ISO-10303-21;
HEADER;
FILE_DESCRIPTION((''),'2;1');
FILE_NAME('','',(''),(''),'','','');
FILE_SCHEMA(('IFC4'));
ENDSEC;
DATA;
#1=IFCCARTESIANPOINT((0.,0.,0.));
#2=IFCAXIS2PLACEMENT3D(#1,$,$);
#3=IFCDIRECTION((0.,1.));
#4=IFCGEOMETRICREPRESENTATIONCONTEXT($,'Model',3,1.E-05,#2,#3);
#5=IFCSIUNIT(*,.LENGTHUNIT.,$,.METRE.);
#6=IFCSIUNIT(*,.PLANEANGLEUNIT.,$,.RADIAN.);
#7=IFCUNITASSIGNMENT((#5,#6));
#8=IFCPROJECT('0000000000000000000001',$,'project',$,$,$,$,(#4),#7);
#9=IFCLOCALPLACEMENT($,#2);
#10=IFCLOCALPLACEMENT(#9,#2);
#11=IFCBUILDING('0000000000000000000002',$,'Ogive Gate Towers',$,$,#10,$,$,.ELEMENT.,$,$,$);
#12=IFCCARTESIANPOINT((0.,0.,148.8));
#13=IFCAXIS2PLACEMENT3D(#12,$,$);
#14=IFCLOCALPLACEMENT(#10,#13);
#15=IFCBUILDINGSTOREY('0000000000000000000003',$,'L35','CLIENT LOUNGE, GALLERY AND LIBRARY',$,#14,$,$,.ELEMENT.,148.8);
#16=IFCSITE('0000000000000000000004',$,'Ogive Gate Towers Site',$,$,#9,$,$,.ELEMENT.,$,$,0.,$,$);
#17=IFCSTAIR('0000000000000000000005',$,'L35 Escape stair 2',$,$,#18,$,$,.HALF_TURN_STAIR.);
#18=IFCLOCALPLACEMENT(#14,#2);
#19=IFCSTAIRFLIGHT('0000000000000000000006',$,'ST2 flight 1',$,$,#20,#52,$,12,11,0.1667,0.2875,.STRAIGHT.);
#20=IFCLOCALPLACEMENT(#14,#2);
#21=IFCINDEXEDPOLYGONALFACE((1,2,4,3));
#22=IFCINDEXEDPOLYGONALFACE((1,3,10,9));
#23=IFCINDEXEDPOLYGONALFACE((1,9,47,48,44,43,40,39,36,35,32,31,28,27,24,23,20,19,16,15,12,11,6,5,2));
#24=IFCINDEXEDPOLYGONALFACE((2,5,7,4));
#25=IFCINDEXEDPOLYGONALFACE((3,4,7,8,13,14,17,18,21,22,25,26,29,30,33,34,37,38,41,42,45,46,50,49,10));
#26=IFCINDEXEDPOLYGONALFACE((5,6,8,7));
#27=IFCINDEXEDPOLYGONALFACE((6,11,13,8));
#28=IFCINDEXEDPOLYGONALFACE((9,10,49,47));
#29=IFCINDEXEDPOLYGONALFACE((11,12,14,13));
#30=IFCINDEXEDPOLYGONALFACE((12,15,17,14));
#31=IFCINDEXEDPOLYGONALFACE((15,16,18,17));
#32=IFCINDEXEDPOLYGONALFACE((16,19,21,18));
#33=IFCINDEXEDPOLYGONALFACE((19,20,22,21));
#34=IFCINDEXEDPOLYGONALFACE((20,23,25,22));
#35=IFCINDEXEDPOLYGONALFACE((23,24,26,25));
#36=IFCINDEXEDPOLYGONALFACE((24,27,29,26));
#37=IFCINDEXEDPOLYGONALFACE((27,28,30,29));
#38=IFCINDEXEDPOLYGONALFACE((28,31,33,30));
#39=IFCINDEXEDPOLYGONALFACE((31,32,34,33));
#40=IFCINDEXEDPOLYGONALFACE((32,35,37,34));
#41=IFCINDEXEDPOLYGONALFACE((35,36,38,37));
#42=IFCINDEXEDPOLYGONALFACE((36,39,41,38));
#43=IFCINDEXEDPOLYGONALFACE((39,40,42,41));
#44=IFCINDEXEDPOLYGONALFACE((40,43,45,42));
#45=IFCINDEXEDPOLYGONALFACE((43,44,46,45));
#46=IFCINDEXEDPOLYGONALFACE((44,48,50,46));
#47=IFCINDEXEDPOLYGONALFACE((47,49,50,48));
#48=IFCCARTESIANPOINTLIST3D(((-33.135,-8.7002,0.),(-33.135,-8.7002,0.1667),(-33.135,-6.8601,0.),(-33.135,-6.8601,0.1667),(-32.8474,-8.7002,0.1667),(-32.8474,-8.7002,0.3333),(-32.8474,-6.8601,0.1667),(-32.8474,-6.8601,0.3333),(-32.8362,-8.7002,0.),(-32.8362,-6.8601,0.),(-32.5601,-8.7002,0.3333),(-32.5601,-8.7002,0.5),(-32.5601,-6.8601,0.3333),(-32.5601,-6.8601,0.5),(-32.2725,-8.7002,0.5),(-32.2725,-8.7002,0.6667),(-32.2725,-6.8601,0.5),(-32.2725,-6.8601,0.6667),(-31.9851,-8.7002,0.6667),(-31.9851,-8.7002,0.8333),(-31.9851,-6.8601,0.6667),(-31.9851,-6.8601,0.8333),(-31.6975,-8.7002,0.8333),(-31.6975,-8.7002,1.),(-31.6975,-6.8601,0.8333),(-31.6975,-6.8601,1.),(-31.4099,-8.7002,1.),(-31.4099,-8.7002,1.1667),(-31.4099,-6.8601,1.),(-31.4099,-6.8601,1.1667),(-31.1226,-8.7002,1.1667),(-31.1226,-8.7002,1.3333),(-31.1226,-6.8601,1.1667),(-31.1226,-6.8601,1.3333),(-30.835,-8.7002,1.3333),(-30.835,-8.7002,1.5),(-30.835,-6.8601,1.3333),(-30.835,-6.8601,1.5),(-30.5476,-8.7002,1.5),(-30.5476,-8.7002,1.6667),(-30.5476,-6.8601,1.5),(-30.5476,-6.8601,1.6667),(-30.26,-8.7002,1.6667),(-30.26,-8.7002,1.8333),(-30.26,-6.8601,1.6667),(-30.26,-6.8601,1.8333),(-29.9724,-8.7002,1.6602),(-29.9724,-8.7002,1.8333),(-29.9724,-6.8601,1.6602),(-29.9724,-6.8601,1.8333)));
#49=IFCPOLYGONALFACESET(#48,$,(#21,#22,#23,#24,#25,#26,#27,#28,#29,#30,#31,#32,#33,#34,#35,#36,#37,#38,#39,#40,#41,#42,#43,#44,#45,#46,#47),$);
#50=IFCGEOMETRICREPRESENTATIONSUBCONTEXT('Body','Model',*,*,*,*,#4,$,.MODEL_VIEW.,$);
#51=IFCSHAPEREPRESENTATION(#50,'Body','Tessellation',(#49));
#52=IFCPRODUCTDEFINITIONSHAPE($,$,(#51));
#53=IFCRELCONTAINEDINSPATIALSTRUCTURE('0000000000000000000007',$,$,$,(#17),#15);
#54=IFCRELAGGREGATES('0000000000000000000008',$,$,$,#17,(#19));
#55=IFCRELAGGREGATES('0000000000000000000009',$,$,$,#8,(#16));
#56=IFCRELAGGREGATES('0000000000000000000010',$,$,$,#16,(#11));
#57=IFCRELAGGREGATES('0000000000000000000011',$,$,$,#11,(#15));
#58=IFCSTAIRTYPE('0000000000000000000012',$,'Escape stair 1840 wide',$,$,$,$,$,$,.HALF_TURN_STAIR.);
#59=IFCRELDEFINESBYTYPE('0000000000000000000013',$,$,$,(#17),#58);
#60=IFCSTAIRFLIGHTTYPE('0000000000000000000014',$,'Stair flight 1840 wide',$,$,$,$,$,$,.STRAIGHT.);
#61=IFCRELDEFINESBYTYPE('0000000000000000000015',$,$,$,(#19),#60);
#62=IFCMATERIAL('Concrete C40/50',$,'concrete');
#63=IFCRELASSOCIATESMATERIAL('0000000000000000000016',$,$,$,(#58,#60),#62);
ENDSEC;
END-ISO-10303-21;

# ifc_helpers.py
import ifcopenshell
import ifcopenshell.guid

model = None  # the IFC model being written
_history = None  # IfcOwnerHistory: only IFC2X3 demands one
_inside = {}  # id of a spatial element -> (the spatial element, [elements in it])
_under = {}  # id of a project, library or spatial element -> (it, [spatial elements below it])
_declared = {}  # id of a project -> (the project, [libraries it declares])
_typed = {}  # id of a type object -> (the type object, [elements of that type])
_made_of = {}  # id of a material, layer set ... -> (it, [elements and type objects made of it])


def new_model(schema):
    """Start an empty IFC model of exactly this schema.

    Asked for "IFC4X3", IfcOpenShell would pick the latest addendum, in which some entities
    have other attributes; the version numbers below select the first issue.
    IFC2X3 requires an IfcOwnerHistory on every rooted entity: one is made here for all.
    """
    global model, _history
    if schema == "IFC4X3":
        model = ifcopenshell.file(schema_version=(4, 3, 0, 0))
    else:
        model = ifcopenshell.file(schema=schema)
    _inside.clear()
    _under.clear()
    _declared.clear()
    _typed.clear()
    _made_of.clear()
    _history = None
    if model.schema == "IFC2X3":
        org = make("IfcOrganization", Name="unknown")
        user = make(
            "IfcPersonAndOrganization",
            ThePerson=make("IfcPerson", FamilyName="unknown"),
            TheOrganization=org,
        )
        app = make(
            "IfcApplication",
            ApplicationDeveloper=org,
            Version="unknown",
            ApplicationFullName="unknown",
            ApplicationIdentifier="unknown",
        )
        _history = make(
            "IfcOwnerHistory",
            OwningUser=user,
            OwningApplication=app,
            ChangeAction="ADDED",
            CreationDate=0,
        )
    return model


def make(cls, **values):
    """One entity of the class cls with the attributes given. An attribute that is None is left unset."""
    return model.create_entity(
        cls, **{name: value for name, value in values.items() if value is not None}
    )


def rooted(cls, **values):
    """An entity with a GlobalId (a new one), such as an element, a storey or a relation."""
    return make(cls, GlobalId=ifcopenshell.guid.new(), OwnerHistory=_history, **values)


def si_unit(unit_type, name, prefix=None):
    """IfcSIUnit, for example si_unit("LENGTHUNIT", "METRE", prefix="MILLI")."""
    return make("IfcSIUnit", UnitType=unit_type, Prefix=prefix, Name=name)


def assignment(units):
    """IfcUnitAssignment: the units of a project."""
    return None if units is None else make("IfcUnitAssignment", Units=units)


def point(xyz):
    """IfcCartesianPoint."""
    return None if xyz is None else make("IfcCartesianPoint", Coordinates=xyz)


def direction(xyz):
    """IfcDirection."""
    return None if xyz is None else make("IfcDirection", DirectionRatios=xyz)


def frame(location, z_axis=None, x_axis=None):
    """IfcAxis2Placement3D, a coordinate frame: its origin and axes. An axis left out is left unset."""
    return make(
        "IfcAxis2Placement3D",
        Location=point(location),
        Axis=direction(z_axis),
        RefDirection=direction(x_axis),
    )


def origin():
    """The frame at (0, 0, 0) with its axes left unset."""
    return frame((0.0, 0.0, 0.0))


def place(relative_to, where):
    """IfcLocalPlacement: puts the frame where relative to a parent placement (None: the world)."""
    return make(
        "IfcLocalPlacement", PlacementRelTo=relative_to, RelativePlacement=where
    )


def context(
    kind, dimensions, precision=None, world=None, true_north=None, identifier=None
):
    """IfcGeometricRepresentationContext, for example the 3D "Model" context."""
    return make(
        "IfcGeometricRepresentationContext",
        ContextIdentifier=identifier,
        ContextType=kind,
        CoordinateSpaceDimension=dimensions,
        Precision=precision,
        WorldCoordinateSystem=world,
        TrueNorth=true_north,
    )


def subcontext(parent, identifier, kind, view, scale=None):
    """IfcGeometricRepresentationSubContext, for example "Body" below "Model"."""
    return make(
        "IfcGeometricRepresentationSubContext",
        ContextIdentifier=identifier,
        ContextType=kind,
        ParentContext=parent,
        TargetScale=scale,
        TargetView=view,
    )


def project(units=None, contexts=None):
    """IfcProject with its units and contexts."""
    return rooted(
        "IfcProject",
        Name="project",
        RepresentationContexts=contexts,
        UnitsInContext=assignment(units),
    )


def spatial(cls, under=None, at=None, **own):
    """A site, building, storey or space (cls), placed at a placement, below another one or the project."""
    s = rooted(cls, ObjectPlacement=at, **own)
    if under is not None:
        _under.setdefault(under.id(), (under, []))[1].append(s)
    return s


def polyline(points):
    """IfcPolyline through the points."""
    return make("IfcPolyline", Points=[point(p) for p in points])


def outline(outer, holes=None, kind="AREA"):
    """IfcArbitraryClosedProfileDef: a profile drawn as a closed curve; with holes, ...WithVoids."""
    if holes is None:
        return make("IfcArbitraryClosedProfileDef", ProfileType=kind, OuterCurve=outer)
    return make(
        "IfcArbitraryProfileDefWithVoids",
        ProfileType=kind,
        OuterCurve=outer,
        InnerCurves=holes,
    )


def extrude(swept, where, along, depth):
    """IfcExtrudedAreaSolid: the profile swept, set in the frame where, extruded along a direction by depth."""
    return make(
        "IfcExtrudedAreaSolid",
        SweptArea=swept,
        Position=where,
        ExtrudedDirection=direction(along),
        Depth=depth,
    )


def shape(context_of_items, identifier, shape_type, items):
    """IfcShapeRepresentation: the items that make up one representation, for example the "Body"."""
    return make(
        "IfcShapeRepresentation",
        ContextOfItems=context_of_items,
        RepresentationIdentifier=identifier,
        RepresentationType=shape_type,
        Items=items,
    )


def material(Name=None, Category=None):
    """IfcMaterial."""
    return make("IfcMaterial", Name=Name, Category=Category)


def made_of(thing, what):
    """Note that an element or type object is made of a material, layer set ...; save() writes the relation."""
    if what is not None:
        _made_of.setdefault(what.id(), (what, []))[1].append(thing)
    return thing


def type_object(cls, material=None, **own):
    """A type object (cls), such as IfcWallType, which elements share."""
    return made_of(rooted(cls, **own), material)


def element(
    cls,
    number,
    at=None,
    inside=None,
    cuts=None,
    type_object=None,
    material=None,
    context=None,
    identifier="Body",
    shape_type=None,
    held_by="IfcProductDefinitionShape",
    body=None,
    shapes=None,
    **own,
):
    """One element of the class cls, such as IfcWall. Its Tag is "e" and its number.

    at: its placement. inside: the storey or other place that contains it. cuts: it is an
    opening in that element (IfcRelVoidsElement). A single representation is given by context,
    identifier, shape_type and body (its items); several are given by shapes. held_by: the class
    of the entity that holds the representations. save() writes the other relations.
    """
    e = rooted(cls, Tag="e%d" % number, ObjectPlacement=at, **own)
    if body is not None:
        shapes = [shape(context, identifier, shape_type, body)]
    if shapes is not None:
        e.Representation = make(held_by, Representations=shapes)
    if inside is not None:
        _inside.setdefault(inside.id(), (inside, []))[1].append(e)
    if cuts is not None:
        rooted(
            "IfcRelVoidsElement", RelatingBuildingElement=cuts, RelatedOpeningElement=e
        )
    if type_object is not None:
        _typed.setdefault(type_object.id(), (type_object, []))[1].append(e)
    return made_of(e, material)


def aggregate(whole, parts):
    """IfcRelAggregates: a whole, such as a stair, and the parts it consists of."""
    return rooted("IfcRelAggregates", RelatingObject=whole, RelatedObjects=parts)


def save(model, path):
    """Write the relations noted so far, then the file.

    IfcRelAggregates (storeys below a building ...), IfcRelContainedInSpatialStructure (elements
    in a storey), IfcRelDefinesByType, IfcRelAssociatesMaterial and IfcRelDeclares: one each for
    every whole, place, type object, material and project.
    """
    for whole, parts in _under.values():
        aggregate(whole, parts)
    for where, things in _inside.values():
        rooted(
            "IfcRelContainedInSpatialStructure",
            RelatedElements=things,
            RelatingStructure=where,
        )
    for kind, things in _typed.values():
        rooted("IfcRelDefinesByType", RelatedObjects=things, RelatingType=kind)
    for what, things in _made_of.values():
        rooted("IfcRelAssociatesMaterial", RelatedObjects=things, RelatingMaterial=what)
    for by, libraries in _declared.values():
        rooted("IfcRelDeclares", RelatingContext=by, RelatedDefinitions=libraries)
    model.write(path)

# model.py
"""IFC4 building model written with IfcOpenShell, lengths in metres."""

from ifc_helpers import new_model, si_unit, direction, frame, origin, place, context, subcontext, project, spatial, polyline, outline, extrude, material, type_object, element, aggregate, save


model = new_model("IFC4")

# Units and contexts
model_context = context("Model", 3, precision=1e-05, world=origin(), true_north=direction((0.0, 1.0)))
body_context = subcontext(model_context, "Body", "Model", "MODEL_VIEW")
ifc_project = project(units=[si_unit("LENGTHUNIT", "METRE"), si_unit("PLANEANGLEUNIT", "RADIAN")], contexts=[model_context])

# Site, building, storey
site_placement = place(None, origin())
site = spatial("IfcSite", under=ifc_project, at=site_placement, Name="Ogive Gate Towers Site", CompositionType="ELEMENT", RefElevation=0.0)
building_placement = place(site_placement, origin())
building = spatial("IfcBuilding", under=site, at=building_placement, Name="Ogive Gate Towers", CompositionType="ELEMENT")
storey_placement = place(building_placement, frame((0.0, 0.0, 148.8)))
storey = spatial("IfcBuildingStorey", under=building, at=storey_placement, Name="L35", Description="CLIENT LOUNGE, GALLERY AND LIBRARY", CompositionType="ELEMENT", Elevation=148.8)

# Stair, stair flight
ifc_material_1 = material(Name="Concrete C40/50", Category="concrete")
stair_type = type_object("IfcStairType", Name="Escape stair 1840 wide", PredefinedType="HALF_TURN_STAIR", material=ifc_material_1)
stair_placement = place(storey_placement, origin())
stair = element("IfcStair", 1, at=stair_placement, inside=storey, type_object=stair_type, Name="L35 Escape stair 2", PredefinedType="HALF_TURN_STAIR")
stair_flight_type = type_object("IfcStairFlightType", Name="Stair flight 1840 wide", PredefinedType="STRAIGHT", material=ifc_material_1)
stair_flight_placement = place(storey_placement, frame((-33.135, -7.78, 0.0), z_axis=(0.0, 0.0, 1.0), x_axis=(1.0, 0.0, 0.0)))
stair_flight = element("IfcStairFlight", 2, at=stair_flight_placement, type_object=stair_flight_type, Name="ST2 flight 1", NumberOfRisers=12, NumberOfTreads=11, PredefinedType="STRAIGHT", RiserHeight=0.1667, TreadLength=0.2875, context=body_context, shape_type="SweptSolid", body=[
    extrude(outline(polyline([(0.0, 0.0), (0.0, 0.1667), (0.2876, 0.1667), (0.2876, 0.3333), (0.575, 0.3333), (0.575, 0.5), (0.8625, 0.5), (0.8625, 0.6667), (1.1499, 0.6667), (1.1499, 0.8333), (1.4375, 0.8333), (1.4375, 1.0), (1.7251, 1.0), (1.7251, 1.1667), (2.0125, 1.1667), (2.0125, 1.3333), (2.3, 1.3333), (2.3, 1.5), (2.5874, 1.5), (2.5874, 1.6667), (2.875, 1.6667), (2.875, 1.8333), (3.1626, 1.8333), (3.1626, 2.0), (3.1626, 1.6602), (0.2988, 0.0), (0.0, 0.0)])), frame((0.0, 0.9199, 0.0), z_axis=(0.0, -1.0, 0.0), x_axis=(1.0, 0.0, 0.0)), (0.0, 0.0, 1.0), 1.8401),
])
aggregate(stair, [stair_flight])

save(model, "model.ifc")
